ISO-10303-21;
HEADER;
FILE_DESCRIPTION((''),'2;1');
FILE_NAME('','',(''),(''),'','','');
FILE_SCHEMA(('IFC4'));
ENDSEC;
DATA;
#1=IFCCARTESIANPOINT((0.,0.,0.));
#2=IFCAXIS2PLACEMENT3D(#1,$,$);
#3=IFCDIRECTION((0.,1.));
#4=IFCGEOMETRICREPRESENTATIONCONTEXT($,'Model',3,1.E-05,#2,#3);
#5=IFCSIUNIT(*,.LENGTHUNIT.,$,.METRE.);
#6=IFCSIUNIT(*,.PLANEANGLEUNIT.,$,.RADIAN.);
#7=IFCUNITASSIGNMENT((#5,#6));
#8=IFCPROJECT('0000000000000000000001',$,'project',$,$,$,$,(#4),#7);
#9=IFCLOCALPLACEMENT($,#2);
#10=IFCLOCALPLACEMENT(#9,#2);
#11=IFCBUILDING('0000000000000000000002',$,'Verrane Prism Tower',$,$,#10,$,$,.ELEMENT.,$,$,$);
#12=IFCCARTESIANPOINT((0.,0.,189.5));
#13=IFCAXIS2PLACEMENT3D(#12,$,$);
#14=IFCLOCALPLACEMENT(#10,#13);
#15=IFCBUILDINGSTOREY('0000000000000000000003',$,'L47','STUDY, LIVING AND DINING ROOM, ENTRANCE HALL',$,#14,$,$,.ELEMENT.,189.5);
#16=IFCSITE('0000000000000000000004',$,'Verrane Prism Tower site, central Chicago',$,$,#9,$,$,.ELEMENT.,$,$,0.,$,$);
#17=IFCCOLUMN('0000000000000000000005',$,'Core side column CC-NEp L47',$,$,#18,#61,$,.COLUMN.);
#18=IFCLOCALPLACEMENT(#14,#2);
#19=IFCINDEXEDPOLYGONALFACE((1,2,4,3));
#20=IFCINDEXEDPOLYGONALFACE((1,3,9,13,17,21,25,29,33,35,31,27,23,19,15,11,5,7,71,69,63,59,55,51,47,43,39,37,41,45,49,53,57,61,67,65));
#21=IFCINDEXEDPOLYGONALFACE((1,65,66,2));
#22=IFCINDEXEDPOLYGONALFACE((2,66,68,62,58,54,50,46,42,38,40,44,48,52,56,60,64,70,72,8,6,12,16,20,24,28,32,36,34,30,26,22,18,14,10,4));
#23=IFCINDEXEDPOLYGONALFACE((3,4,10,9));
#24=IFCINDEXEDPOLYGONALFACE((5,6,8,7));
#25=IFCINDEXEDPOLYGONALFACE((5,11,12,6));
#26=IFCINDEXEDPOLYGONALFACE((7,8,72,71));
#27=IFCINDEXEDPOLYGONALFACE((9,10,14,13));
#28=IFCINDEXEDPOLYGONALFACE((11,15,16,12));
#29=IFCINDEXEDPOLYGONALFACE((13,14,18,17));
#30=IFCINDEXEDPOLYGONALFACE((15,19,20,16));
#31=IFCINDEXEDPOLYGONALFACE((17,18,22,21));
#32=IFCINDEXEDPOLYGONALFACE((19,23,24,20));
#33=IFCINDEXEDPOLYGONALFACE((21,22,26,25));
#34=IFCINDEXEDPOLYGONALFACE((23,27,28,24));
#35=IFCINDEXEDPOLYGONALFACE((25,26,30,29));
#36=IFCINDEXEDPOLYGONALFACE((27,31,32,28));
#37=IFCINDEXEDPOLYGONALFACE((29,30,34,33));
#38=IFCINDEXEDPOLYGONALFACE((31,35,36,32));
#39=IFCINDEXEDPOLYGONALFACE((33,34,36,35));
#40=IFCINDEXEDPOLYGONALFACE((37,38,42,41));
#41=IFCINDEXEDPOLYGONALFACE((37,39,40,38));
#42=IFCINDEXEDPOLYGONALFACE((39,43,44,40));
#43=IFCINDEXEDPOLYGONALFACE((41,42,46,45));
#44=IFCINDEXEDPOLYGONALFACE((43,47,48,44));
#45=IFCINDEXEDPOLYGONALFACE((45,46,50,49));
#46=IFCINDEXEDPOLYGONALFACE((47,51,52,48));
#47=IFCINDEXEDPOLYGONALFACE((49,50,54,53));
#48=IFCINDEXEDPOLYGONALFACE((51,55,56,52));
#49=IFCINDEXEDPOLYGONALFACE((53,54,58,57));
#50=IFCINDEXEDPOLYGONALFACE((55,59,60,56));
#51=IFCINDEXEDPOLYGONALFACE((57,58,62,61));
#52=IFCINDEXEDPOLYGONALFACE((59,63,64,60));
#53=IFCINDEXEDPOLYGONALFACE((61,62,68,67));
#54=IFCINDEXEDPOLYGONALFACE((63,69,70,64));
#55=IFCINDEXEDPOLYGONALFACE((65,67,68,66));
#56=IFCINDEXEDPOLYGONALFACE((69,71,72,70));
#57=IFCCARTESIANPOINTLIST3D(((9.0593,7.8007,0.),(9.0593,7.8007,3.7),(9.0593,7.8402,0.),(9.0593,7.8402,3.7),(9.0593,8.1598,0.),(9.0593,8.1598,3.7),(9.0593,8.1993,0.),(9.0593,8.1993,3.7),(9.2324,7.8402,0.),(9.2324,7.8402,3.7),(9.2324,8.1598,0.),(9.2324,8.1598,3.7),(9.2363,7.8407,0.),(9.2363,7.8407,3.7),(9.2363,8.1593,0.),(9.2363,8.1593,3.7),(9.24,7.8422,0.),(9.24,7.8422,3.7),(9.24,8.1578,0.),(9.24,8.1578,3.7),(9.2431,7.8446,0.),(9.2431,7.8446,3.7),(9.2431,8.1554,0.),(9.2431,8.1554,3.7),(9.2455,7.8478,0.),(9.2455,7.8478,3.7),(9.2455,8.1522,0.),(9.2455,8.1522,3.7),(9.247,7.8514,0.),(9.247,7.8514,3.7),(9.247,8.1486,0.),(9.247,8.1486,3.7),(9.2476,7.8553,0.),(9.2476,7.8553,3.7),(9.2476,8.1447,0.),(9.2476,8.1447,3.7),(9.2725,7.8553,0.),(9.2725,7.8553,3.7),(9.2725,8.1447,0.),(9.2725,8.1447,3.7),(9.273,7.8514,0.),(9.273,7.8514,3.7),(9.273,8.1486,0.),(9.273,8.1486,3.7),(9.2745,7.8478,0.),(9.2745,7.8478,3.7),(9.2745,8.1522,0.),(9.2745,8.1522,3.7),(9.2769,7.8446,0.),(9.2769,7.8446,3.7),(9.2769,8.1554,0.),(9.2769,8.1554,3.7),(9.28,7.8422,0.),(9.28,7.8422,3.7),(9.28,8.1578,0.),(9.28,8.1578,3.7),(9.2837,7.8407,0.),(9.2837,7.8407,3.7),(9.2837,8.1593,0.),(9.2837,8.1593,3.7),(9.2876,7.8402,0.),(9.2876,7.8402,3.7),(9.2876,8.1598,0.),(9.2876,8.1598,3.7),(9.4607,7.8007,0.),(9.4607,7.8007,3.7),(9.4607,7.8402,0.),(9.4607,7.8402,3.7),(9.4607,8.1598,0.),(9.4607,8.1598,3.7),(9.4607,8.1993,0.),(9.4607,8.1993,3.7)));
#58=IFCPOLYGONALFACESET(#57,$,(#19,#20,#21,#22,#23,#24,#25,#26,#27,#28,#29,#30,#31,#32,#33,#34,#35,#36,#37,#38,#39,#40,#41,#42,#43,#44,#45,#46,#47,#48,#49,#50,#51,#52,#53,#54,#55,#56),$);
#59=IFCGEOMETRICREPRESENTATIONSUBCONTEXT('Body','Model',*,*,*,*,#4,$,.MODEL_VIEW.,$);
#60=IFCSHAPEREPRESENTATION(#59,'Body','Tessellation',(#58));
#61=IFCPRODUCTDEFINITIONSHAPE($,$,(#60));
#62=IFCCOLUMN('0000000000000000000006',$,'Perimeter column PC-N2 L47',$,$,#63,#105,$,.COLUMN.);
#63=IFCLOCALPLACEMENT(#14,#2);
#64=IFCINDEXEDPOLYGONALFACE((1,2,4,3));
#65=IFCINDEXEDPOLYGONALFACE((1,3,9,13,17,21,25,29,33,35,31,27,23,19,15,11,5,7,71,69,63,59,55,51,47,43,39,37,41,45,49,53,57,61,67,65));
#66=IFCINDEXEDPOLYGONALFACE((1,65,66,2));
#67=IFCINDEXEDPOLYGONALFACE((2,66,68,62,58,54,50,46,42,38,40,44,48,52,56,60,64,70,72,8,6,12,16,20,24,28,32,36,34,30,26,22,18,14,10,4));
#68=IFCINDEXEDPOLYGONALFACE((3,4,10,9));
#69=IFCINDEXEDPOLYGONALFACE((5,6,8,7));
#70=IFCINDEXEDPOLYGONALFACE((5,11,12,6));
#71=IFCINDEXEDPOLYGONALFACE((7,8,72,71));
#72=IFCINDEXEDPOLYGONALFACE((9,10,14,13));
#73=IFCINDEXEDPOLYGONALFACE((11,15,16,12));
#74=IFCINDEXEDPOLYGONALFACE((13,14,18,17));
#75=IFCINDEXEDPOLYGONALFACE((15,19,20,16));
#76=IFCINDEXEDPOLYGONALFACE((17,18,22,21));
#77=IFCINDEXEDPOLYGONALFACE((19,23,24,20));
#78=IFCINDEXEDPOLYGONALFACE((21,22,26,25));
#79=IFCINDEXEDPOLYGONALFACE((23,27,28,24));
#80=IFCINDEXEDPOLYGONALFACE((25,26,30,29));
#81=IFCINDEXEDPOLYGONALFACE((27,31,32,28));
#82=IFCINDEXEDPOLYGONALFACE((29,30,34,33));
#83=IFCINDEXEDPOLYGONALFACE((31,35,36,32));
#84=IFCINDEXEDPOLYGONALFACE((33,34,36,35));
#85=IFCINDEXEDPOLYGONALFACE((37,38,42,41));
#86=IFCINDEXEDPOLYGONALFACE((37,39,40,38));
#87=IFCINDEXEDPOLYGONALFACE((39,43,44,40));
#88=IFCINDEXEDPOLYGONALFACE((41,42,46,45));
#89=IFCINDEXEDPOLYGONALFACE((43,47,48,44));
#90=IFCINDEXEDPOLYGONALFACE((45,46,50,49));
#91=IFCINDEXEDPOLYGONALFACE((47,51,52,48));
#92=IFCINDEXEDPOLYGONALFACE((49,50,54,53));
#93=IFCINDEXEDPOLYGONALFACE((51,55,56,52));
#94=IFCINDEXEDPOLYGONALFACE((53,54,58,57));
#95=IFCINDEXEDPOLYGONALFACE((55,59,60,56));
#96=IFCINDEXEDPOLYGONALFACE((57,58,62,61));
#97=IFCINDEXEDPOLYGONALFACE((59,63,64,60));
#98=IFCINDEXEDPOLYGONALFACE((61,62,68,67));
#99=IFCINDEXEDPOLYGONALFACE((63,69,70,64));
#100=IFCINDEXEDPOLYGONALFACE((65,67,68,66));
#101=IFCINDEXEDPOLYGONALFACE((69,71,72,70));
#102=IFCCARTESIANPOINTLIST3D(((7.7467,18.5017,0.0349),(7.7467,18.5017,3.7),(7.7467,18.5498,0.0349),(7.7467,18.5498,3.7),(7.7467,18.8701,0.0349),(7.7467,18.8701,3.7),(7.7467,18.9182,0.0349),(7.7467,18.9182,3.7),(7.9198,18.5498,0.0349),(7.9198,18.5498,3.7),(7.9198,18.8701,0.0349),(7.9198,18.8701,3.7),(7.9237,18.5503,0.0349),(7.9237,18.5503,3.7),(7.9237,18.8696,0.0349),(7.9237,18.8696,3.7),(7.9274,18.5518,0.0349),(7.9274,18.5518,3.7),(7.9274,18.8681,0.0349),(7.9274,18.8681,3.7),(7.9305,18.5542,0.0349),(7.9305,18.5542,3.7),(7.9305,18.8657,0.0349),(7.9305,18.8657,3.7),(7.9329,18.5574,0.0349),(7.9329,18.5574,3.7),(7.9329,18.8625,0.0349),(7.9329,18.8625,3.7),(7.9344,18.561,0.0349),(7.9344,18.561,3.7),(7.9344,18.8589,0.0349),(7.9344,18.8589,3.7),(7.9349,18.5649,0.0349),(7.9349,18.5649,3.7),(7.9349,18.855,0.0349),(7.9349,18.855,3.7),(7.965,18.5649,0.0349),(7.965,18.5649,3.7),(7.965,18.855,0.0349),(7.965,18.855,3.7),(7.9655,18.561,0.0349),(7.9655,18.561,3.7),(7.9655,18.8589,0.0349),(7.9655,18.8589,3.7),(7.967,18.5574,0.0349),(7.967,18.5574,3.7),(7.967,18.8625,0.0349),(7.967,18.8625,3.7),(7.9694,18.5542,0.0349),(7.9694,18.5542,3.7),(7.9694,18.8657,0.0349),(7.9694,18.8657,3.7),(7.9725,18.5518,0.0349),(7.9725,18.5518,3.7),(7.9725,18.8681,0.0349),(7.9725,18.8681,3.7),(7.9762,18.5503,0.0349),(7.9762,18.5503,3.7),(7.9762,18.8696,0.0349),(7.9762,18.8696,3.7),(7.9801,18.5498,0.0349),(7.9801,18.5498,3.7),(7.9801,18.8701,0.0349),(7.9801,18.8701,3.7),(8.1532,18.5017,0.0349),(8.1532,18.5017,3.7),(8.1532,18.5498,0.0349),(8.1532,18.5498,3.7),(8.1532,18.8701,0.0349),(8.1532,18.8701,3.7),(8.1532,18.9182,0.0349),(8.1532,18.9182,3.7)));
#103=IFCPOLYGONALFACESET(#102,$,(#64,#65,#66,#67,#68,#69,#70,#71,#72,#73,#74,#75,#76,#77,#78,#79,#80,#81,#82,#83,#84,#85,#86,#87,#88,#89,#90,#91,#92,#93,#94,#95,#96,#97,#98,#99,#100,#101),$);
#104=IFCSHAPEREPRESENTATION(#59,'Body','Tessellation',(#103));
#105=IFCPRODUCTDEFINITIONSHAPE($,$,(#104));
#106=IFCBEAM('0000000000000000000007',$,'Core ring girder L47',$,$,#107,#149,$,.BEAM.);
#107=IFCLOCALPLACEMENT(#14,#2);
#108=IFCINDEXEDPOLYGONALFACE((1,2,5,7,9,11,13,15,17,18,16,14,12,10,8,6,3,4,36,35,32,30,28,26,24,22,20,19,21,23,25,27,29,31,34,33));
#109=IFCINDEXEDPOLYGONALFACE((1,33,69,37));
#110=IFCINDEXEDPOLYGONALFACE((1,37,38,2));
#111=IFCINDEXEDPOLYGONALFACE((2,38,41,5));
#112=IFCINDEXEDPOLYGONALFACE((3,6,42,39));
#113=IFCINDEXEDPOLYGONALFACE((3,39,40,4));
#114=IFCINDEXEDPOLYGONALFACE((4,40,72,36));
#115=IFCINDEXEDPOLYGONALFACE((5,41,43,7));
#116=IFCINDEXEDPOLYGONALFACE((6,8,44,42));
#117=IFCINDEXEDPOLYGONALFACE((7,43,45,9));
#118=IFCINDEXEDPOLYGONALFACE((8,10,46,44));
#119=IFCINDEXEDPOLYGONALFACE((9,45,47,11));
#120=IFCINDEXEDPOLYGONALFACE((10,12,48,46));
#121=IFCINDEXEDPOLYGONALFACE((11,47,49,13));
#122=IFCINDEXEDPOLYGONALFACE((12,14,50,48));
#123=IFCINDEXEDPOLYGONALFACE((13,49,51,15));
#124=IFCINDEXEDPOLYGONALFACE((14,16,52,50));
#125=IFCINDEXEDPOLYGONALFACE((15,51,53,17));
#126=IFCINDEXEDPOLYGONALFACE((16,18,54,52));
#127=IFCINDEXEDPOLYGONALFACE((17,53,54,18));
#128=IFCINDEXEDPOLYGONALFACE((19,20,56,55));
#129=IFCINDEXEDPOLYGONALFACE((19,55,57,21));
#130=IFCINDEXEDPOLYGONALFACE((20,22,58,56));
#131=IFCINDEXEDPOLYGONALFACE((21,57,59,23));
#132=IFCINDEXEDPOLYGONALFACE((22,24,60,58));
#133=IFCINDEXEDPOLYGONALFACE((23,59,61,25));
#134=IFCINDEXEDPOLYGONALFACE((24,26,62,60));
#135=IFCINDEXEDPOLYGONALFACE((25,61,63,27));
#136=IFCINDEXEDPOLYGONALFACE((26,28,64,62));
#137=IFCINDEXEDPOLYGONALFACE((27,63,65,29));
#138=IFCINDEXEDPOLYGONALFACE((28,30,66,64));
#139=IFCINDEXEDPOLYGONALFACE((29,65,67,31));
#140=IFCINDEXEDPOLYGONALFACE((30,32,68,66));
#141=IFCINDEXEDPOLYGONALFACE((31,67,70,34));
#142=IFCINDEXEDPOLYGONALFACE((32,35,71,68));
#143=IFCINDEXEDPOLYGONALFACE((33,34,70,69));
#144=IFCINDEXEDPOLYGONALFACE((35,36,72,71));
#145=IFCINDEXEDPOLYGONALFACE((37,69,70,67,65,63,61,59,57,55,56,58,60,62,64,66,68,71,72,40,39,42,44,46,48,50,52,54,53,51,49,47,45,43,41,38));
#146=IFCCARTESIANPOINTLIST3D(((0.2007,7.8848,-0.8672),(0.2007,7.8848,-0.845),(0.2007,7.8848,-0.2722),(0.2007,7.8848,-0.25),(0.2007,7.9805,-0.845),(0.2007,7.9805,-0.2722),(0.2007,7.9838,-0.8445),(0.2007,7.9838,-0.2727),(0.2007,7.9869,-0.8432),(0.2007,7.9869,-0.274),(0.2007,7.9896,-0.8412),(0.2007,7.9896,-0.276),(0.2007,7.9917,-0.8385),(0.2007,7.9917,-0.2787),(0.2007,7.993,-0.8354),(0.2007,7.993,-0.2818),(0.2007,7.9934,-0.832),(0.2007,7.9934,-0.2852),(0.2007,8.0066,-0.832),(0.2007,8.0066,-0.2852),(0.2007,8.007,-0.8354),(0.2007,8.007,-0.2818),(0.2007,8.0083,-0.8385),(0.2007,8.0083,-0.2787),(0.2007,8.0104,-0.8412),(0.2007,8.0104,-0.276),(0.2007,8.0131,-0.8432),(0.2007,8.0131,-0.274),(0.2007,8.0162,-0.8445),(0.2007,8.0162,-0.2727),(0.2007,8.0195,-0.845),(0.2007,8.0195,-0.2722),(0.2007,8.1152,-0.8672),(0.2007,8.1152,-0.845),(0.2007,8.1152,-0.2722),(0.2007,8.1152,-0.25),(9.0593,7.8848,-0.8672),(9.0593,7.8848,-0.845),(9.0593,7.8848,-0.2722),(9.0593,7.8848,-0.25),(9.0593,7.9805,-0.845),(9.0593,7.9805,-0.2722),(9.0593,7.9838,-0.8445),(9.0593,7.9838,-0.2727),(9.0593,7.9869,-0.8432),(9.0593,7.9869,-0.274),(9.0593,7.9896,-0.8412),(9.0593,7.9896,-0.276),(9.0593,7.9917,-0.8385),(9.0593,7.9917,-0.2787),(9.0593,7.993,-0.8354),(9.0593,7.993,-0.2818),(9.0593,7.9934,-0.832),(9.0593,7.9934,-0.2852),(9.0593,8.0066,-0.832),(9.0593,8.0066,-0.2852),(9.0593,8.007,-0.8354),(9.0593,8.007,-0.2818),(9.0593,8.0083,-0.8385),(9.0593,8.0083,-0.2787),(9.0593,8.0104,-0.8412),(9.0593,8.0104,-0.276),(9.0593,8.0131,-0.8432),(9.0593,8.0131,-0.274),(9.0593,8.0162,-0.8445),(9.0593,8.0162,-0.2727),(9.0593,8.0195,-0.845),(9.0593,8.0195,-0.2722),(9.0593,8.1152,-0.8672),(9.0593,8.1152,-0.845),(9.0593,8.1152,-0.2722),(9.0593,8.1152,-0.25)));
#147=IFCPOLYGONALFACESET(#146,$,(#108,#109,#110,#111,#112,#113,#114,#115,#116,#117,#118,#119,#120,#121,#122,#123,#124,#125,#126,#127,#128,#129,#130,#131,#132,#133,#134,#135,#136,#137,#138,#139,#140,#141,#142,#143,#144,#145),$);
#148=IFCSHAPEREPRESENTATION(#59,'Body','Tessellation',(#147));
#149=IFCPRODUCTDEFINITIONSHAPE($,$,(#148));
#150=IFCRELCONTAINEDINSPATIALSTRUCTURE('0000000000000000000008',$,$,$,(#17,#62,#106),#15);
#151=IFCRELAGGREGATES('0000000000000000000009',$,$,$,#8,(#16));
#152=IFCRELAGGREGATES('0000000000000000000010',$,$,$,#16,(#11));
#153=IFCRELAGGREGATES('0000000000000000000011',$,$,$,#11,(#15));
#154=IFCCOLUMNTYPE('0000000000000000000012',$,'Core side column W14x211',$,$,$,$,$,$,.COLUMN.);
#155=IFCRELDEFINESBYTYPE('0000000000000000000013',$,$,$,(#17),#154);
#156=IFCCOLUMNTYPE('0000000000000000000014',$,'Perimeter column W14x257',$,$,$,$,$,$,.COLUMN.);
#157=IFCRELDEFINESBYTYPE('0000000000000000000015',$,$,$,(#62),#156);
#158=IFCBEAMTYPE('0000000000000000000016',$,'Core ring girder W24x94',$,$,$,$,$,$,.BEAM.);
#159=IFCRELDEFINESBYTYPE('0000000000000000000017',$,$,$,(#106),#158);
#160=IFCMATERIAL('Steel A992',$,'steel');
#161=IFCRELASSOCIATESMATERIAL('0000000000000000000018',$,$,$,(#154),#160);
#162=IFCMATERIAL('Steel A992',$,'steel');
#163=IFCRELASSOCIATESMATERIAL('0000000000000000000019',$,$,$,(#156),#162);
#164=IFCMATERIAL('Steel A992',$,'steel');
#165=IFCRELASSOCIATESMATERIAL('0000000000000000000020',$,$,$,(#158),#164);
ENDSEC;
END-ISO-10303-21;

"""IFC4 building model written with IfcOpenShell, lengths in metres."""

from ifc_helpers import new_model, si_unit, direction, frame, origin, origin_2d, place, context, subcontext, project, spatial, i_section, extrude, material, material_profile, profile_set, type_object, element, save


model = new_model("IFC4")

# Units and contexts
model_context = context("Model", 3, precision=1e-05, world=origin(), true_north=direction((0.0, 1.0)))
body_context = subcontext(model_context, "Body", "Model", "MODEL_VIEW")
ifc_project = project(units=[si_unit("LENGTHUNIT", "METRE"), si_unit("PLANEANGLEUNIT", "RADIAN")], contexts=[model_context])

# Site, building, storey
site_placement = place(None, origin())
site = spatial("IfcSite", under=ifc_project, at=site_placement, Name="Verrane Prism Tower site, central Chicago", CompositionType="ELEMENT", RefElevation=0.0)
building_placement = place(site_placement, origin())
building = spatial("IfcBuilding", under=site, at=building_placement, Name="Verrane Prism Tower", CompositionType="ELEMENT")
storey_placement = place(building_placement, frame((0.0, 0.0, 189.5)))
storey = spatial("IfcBuildingStorey", under=building, at=storey_placement, Name="L47", Description="STUDY, LIVING AND DINING ROOM, ENTRANCE HALL", CompositionType="ELEMENT", Elevation=189.5)

# Columns
ifc_material_1 = material(Name="Steel A992", Category="steel")
ifc_material_profile_1 = material_profile(ifc_material_1, i_section(OverallWidth=0.4014, OverallDepth=0.3987, WebThickness=0.0249, FlangeThickness=0.0396, FilletRadius=0.0151, at=origin_2d()), Name="W14x211")
ifc_profile_set_1 = profile_set([ifc_material_profile_1], Name="Steel A992")
column_type_1 = type_object("IfcColumnType", Name="Core side column W14x211", PredefinedType="COLUMN", material=ifc_profile_set_1)
column_1_placement = place(storey_placement, frame((9.26, 8.0, 0.0), z_axis=(0.0, 0.0, 1.0), x_axis=(1.0, 0.0, 0.0)))
element("IfcColumn", 1, at=column_1_placement, inside=storey, type_object=column_type_1, Name="Core side column CC-NEp L47", PredefinedType="COLUMN", context=body_context, shape_type="SweptSolid", body=[
    extrude(i_section(OverallWidth=0.4014, OverallDepth=0.3987, WebThickness=0.0249, FlangeThickness=0.0396, FilletRadius=0.0151, at=origin_2d()), origin(), (0.0, 0.0, 1.0), 3.7),
])
ifc_material_2 = material(Name="Steel A992", Category="steel")
ifc_material_profile_2 = material_profile(ifc_material_2, i_section(OverallWidth=0.4065, OverallDepth=0.4165, WebThickness=0.03, FlangeThickness=0.0481, FilletRadius=0.0151, at=origin_2d()), Name="W14x257")
ifc_profile_set_2 = profile_set([ifc_material_profile_2], Name="Steel A992")
column_type_2 = type_object("IfcColumnType", Name="Perimeter column W14x257", PredefinedType="COLUMN", material=ifc_profile_set_2)
column_2_placement = place(storey_placement, frame((7.95, 18.71, 0.0349), z_axis=(0.0, 0.0, 1.0), x_axis=(1.0, 0.0, 0.0)))
element("IfcColumn", 2, at=column_2_placement, inside=storey, type_object=column_type_2, Name="Perimeter column PC-N2 L47", PredefinedType="COLUMN", context=body_context, shape_type="SweptSolid", body=[
    extrude(i_section(OverallWidth=0.4065, OverallDepth=0.4165, WebThickness=0.03, FlangeThickness=0.0481, FilletRadius=0.0151, at=origin_2d()), origin(), (0.0, 0.0, 1.0), 3.665),
])

# Beam
ifc_material_3 = material(Name="Steel A992", Category="steel")
ifc_material_profile_3 = material_profile(ifc_material_3, i_section(OverallWidth=0.2305, OverallDepth=0.6172, WebThickness=0.0132, FlangeThickness=0.0222, FilletRadius=0.0129, at=origin_2d()), Name="W24x94")
ifc_profile_set_3 = profile_set([ifc_material_profile_3], Name="Steel A992")
beam_type_1 = type_object("IfcBeamType", Name="Core ring girder W24x94", PredefinedType="BEAM", material=ifc_profile_set_3)
beam_1_placement = place(storey_placement, frame((9.0593, 8.0, -0.5586), z_axis=(-1.0, 0.0, 0.0), x_axis=(0.0, -1.0, 0.0)))
element("IfcBeam", 3, at=beam_1_placement, inside=storey, type_object=beam_type_1, Name="Core ring girder L47", PredefinedType="BEAM", context=body_context, shape_type="SweptSolid", body=[
    extrude(i_section(OverallWidth=0.2305, OverallDepth=0.6172, WebThickness=0.0132, FlangeThickness=0.0222, FilletRadius=0.0129, at=origin_2d()), origin(), (0.0, 0.0, 1.0), 8.8586),
])

save(model, "model.ifc")
